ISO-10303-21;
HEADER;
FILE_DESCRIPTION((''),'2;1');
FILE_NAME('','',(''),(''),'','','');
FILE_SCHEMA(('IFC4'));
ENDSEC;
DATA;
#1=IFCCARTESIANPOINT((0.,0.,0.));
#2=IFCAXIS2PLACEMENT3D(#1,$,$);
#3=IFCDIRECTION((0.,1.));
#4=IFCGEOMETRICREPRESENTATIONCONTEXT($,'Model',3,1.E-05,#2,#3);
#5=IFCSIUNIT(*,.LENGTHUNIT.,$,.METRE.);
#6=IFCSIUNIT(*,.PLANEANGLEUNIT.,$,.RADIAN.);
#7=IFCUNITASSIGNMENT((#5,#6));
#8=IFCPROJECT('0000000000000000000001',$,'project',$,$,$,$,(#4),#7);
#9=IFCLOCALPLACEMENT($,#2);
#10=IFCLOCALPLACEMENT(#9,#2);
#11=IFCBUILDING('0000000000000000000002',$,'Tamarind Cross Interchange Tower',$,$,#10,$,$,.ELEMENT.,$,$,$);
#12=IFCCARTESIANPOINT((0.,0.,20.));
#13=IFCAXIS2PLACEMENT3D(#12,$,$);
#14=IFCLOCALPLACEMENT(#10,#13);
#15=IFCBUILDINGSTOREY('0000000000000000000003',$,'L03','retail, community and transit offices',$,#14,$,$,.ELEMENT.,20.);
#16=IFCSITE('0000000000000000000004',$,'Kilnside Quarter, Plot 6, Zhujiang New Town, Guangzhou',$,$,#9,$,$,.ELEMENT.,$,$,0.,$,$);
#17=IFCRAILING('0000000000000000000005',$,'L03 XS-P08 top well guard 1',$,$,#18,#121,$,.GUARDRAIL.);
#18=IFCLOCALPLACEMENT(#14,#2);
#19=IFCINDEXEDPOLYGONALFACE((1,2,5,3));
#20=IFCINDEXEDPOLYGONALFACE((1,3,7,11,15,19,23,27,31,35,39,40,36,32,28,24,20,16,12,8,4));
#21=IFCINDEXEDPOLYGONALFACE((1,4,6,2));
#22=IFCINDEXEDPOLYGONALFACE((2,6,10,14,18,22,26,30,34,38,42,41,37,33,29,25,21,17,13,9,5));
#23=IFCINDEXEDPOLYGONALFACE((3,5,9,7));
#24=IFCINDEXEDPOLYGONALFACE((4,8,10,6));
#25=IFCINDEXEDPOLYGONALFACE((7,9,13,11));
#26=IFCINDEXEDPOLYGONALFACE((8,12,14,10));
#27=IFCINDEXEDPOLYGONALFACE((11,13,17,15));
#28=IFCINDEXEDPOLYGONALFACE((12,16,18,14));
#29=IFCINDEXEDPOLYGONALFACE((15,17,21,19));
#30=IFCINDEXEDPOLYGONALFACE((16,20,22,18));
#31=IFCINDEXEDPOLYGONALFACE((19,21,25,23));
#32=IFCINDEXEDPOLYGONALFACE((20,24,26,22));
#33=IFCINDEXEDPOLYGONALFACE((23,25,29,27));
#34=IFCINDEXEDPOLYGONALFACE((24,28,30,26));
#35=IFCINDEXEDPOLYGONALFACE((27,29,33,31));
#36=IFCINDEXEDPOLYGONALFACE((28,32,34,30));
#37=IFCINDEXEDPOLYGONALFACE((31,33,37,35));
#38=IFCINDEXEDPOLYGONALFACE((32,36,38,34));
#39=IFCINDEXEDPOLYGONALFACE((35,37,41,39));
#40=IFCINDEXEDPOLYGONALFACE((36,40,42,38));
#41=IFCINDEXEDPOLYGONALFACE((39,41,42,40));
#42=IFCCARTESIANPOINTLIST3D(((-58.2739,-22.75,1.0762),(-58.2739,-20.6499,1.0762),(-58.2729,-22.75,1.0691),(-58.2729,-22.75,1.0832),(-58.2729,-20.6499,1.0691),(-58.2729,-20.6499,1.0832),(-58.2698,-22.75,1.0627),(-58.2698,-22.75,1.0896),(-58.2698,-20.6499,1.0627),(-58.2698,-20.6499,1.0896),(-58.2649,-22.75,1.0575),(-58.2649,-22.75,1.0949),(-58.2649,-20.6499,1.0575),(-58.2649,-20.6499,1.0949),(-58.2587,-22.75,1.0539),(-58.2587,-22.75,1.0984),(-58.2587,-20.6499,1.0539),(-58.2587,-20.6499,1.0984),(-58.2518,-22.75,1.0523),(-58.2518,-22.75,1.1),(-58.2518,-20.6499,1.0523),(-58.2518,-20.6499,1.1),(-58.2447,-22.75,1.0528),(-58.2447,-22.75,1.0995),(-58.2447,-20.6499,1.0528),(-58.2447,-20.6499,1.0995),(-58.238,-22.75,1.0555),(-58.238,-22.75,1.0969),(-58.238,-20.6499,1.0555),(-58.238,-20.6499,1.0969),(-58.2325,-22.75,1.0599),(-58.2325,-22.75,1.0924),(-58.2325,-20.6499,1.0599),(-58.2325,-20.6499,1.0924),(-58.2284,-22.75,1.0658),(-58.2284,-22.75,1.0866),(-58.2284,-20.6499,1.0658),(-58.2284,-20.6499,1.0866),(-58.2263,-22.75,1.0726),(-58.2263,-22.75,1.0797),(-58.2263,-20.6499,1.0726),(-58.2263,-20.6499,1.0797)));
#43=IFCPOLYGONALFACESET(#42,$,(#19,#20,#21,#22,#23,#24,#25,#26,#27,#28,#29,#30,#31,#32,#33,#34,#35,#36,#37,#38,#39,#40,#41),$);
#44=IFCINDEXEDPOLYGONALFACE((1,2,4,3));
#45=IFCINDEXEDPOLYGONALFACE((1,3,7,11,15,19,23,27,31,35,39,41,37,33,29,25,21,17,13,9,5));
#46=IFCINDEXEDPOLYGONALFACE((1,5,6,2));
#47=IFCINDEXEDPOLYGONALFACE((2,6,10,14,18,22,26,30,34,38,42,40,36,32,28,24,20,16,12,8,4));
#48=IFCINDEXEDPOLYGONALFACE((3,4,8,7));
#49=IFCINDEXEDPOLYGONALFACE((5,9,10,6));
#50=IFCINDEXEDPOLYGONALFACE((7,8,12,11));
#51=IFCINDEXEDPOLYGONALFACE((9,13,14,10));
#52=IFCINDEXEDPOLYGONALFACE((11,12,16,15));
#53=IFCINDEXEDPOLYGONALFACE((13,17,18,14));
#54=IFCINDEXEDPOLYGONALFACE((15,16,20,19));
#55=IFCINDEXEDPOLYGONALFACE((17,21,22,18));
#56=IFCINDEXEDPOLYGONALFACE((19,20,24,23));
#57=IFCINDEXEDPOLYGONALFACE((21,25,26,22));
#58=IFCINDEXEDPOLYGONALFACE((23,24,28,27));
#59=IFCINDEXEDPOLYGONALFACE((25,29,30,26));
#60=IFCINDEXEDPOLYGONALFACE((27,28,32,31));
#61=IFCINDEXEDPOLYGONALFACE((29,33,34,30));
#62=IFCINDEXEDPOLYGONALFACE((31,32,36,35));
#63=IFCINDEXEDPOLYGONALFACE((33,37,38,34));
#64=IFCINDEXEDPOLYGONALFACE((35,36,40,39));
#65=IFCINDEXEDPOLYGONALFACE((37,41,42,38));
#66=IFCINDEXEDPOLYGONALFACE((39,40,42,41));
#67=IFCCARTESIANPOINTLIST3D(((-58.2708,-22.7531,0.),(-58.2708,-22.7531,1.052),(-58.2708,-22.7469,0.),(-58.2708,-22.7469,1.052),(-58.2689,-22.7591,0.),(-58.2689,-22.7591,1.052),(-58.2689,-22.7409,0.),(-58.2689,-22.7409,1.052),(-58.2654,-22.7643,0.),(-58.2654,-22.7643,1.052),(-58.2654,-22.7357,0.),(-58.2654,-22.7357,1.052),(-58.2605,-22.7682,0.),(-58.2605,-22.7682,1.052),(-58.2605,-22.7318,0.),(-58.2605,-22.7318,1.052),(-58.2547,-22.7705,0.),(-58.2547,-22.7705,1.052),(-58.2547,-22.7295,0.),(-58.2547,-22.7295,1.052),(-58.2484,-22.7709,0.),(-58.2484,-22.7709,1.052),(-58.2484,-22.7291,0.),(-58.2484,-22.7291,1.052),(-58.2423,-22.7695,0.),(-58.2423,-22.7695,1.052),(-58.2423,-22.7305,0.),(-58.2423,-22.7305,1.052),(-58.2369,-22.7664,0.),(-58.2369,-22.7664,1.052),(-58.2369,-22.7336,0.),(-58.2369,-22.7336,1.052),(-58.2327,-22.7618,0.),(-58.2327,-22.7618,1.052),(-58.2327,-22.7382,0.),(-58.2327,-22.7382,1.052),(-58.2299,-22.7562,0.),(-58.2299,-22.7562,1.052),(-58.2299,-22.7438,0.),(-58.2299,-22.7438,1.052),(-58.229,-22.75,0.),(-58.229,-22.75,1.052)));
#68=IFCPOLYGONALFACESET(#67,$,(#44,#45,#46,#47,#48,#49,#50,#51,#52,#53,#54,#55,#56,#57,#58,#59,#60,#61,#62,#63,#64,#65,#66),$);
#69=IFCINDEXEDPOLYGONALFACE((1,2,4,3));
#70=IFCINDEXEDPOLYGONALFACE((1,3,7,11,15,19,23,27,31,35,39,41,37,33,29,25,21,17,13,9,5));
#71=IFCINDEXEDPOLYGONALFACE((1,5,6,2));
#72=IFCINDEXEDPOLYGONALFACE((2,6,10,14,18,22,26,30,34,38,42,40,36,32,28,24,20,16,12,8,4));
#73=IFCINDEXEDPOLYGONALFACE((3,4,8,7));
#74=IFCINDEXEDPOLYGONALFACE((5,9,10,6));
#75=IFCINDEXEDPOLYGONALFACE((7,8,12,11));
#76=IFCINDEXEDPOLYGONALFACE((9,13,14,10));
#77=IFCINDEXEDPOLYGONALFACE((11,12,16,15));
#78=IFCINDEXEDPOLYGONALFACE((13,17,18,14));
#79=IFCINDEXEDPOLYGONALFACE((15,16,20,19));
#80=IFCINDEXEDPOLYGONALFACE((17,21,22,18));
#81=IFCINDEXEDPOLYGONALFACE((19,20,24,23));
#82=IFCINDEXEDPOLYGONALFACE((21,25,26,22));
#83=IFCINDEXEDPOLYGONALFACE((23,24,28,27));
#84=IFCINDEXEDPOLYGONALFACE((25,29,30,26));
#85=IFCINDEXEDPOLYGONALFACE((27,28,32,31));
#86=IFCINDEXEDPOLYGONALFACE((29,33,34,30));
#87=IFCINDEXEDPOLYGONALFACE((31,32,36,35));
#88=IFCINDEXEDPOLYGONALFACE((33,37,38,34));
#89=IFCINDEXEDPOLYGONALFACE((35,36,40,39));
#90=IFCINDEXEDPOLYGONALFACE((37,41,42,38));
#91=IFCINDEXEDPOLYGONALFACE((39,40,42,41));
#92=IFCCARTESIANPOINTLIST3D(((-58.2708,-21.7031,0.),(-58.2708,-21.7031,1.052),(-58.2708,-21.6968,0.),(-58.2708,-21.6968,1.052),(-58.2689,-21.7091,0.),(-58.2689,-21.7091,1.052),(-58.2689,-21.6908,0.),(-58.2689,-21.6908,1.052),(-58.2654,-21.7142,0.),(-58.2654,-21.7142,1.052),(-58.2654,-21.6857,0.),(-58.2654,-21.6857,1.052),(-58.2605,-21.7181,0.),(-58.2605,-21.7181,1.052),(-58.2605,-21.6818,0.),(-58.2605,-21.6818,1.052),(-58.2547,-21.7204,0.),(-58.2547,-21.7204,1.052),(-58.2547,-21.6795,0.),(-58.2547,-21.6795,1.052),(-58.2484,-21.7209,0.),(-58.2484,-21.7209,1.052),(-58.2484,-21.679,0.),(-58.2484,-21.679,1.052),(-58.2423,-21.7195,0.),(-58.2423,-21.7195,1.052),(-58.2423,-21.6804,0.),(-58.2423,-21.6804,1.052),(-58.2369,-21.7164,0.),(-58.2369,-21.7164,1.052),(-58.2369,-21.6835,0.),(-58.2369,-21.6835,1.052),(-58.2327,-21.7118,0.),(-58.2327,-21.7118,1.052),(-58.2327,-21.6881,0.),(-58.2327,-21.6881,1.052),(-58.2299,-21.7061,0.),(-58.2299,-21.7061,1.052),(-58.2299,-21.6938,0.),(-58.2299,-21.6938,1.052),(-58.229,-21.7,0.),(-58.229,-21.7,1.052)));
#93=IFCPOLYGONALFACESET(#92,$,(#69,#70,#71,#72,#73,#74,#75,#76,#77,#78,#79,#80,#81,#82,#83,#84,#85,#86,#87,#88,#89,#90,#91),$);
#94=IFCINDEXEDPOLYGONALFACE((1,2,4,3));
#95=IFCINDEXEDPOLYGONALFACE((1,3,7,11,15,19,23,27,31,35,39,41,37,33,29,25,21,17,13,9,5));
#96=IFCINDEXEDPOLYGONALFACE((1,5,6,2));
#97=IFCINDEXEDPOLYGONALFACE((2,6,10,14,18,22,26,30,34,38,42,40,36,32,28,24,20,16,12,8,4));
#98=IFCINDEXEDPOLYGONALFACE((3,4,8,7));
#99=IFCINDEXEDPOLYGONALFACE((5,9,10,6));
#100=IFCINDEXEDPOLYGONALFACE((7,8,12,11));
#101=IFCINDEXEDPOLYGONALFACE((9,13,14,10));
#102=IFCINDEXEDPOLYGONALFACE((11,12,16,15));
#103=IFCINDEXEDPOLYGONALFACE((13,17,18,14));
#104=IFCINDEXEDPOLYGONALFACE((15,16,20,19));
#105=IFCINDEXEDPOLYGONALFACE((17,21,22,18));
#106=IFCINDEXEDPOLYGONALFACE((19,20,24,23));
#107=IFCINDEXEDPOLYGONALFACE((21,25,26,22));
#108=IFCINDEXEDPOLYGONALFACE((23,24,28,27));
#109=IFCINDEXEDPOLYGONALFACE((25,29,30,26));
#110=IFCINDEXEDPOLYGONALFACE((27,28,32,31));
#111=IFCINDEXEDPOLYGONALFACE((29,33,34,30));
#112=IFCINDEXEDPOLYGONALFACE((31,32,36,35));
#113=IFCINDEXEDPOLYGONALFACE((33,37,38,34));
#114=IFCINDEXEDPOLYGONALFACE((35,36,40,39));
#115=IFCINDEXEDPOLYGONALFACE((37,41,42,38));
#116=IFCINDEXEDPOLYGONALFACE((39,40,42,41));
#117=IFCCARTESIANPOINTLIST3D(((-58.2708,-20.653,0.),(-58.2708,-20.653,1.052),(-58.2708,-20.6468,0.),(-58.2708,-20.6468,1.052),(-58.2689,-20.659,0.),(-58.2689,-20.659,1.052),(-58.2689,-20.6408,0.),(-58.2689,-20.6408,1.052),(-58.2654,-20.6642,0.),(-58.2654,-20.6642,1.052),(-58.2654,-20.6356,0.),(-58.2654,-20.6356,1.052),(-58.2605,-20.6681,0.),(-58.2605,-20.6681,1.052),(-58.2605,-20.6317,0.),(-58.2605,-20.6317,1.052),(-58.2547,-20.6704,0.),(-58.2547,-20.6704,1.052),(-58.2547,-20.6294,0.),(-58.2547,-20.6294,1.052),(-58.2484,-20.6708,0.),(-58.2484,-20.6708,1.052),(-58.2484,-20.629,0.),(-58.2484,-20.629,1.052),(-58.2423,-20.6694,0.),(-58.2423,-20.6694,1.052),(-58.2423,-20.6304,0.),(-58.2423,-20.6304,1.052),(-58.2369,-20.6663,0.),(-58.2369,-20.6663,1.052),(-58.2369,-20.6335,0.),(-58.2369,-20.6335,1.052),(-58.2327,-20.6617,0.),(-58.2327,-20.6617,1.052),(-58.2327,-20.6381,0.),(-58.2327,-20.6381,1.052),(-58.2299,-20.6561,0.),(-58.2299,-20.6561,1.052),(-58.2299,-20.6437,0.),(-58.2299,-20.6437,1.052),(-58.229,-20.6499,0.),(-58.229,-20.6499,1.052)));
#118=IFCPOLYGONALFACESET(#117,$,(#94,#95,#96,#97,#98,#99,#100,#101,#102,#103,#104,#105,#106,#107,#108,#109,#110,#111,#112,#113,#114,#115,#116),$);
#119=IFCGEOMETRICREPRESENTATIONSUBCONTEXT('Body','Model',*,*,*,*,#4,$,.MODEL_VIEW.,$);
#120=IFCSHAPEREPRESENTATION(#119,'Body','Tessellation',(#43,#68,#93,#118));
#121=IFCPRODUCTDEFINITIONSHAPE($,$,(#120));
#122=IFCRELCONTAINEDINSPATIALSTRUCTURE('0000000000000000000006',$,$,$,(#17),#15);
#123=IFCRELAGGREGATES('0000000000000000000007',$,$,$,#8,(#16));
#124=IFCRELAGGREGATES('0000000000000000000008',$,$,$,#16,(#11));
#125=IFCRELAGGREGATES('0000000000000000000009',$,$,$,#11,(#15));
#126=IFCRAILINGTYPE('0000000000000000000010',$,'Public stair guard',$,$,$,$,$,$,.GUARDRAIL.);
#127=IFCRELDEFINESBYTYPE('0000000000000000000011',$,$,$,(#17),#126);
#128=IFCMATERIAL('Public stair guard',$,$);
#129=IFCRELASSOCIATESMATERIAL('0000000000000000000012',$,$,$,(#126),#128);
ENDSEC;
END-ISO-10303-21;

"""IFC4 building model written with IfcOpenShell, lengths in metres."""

from ifc_helpers import new_model, si_unit, direction, frame, origin, origin_2d, place, context, subcontext, project, spatial, circle, extrude, material, type_object, element, save


model = new_model("IFC4")

# Units and contexts
model_context = context("Model", 3, precision=1e-05, world=origin(), true_north=direction((0.0, 1.0)))
body_context = subcontext(model_context, "Body", "Model", "MODEL_VIEW")
ifc_project = project(units=[si_unit("LENGTHUNIT", "METRE"), si_unit("PLANEANGLEUNIT", "RADIAN")], contexts=[model_context])

# Site, building, storey
site_placement = place(None, origin())
site = spatial("IfcSite", under=ifc_project, at=site_placement, Name="Kilnside Quarter, Plot 6, Zhujiang New Town, Guangzhou", CompositionType="ELEMENT", RefElevation=0.0)
building_placement = place(site_placement, origin())
building = spatial("IfcBuilding", under=site, at=building_placement, Name="Tamarind Cross Interchange Tower", CompositionType="ELEMENT")
storey_placement = place(building_placement, frame((0.0, 0.0, 20.0)))
storey = spatial("IfcBuildingStorey", under=building, at=storey_placement, Name="L03", Description="retail, community and transit offices", CompositionType="ELEMENT", Elevation=20.0)

# Railing
ifc_material_1 = material(Name="Public stair guard")
railing_type = type_object("IfcRailingType", Name="Public stair guard", PredefinedType="GUARDRAIL", material=ifc_material_1)
railing_placement = place(storey_placement, frame((-58.25, -22.75, 0.0)))
element("IfcRailing", 1, at=railing_placement, inside=storey, type_object=railing_type, Name="L03 XS-P08 top well guard 1", PredefinedType="GUARDRAIL", context=body_context, shape_type="SweptSolid", body=[
    extrude(circle(Radius=0.0239, at=origin_2d()), frame((0.0, 0.0, 1.0762), z_axis=(0.0, 1.0, 0.0), x_axis=(-1.0, 0.0, 0.0)), (0.0, 0.0, 1.0), 2.1001),
    extrude(circle(Radius=0.021, at=origin_2d()), origin(), (0.0, 0.0, 1.0), 1.052),
    extrude(circle(Radius=0.021, at=origin_2d()), frame((0.0, 1.05, 0.0)), (0.0, 0.0, 1.0), 1.052),
    extrude(circle(Radius=0.021, at=origin_2d()), frame((0.0, 2.1001, 0.0)), (0.0, 0.0, 1.0), 1.052),
])

save(model, "model.ifc")
